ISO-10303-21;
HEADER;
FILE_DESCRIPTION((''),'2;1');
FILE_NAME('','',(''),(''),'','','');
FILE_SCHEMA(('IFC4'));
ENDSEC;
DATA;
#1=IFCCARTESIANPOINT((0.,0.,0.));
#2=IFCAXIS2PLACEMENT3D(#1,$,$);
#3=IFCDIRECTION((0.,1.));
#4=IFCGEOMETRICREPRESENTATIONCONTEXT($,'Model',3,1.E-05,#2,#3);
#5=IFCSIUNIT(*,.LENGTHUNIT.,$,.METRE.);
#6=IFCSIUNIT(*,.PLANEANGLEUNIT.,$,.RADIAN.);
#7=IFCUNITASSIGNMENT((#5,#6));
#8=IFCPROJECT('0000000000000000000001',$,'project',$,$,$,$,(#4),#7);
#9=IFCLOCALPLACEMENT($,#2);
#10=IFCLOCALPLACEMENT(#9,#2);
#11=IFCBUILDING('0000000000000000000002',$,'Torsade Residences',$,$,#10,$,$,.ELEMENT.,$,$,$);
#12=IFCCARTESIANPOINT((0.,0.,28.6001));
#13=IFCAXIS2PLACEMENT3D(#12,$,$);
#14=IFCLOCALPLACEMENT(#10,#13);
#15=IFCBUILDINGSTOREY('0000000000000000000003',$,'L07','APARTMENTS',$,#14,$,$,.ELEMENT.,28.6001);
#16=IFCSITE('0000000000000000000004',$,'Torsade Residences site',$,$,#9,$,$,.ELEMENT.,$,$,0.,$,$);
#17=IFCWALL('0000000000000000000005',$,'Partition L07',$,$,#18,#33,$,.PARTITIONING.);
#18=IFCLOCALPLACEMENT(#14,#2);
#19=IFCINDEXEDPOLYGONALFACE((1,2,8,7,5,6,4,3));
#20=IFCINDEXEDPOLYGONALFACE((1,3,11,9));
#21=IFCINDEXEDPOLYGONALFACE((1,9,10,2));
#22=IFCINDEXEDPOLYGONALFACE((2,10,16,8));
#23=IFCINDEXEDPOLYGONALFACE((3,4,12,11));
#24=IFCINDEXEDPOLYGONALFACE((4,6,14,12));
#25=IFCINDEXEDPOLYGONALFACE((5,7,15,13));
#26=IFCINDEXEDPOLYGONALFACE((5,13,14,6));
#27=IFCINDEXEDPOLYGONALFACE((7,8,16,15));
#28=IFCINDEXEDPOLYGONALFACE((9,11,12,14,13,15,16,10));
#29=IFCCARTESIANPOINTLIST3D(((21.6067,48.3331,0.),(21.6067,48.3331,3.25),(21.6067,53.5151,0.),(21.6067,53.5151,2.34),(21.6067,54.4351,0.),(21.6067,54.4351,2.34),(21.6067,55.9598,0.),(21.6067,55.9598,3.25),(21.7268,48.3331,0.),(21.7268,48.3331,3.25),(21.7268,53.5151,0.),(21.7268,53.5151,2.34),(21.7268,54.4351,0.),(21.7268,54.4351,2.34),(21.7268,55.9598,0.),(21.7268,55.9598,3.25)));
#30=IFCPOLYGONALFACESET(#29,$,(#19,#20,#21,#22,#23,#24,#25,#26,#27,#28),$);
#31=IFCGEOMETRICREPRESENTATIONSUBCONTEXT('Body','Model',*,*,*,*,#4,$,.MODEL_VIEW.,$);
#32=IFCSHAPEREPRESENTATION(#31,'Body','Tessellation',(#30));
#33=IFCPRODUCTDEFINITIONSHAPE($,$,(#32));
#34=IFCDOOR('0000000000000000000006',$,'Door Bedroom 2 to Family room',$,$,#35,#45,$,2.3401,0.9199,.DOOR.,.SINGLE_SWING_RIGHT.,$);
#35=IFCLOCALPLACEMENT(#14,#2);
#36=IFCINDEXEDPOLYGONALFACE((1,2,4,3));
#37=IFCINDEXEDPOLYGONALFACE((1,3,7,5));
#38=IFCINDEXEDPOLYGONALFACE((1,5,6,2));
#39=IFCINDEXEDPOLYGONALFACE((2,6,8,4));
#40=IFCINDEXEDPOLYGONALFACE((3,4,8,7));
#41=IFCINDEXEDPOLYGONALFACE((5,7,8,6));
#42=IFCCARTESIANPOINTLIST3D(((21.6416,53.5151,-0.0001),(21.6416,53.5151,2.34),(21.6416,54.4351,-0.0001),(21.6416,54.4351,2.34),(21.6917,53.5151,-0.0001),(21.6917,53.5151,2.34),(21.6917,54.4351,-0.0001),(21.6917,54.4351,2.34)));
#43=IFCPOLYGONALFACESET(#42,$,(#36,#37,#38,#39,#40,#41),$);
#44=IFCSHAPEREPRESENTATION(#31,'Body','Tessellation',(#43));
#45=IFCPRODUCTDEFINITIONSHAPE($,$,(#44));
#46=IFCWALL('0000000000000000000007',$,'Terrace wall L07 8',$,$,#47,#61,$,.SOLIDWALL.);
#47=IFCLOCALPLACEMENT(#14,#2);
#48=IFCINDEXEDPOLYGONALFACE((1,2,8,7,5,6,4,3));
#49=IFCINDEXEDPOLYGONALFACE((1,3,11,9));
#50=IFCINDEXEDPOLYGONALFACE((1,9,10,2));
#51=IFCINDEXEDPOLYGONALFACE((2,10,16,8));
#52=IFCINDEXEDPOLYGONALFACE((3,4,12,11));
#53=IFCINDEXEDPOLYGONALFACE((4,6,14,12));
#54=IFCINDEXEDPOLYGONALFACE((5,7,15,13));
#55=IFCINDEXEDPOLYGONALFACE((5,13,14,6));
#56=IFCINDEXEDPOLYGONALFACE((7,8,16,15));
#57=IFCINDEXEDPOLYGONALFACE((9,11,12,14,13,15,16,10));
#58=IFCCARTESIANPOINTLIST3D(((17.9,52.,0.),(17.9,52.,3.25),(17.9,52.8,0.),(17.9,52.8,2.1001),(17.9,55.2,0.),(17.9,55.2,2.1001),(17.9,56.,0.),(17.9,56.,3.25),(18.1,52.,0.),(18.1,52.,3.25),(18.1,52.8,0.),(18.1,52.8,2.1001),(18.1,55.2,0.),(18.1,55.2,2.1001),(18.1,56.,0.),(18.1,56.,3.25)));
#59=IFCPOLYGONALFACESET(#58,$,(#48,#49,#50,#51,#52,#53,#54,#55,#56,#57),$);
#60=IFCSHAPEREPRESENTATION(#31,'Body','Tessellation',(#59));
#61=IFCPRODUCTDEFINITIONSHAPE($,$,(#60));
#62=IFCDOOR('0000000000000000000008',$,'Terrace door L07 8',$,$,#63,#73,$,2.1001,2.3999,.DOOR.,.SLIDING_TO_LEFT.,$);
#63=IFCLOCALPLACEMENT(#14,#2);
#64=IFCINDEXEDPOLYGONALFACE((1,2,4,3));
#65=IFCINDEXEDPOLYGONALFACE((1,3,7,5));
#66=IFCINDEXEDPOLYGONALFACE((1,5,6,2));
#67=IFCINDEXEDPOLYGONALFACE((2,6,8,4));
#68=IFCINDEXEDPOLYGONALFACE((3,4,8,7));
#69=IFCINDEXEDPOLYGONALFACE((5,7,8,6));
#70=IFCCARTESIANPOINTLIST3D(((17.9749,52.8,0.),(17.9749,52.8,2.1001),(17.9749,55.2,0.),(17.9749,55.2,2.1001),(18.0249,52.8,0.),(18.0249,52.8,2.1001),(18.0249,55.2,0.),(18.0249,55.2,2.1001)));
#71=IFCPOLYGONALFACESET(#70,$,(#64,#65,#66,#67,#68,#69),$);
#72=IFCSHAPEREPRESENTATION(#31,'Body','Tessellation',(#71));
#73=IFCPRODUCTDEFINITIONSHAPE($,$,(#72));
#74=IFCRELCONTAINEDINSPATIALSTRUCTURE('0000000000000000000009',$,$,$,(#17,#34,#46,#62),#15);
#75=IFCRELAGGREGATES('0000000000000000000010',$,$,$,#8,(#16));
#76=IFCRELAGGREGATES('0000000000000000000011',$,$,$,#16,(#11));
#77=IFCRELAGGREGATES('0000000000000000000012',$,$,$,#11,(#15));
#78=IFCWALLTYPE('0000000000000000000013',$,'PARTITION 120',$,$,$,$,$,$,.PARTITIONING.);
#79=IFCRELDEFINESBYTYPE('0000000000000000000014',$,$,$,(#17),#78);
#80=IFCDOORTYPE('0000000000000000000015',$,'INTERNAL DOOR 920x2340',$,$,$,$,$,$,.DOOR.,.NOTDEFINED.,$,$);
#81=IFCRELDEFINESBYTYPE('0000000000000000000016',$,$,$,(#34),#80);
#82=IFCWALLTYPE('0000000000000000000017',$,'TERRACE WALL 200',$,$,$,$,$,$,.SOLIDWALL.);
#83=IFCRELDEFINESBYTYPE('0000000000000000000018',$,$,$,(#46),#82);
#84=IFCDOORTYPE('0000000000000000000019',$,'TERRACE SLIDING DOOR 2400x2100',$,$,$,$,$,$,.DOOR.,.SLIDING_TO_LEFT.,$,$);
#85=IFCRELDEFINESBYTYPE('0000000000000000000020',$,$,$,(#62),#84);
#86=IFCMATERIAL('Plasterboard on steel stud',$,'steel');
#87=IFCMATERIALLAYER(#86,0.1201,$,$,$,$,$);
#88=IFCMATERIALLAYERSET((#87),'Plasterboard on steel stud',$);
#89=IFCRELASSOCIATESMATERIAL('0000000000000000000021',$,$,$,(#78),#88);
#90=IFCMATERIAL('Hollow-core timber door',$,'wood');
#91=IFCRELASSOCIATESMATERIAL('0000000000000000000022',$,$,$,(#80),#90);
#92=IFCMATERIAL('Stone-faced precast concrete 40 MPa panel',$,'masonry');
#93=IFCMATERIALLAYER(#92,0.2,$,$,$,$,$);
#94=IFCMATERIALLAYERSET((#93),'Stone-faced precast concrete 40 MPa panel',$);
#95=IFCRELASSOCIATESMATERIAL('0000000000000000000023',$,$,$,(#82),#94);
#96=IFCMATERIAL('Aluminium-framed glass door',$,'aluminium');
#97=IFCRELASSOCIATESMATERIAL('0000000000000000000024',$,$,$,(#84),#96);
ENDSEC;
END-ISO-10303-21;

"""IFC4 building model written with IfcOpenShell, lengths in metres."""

from ifc_helpers import new_model, si_unit, direction, frame, frame_2d, origin, place, context, subcontext, project, spatial, rectangle, extrude, material, layer, layer_set, type_object, element, fill, save


model = new_model("IFC4")

# Units and contexts
model_context = context("Model", 3, precision=1e-05, world=origin(), true_north=direction((0.0, 1.0)))
body_context = subcontext(model_context, "Body", "Model", "MODEL_VIEW")
ifc_project = project(units=[si_unit("LENGTHUNIT", "METRE"), si_unit("PLANEANGLEUNIT", "RADIAN")], contexts=[model_context])

# Site, building, storey
site_placement = place(None, origin())
site = spatial("IfcSite", under=ifc_project, at=site_placement, Name="Torsade Residences site", CompositionType="ELEMENT", RefElevation=0.0)
building_placement = place(site_placement, origin())
building = spatial("IfcBuilding", under=site, at=building_placement, Name="Torsade Residences", CompositionType="ELEMENT")
storey_placement = place(building_placement, frame((0.0, 0.0, 28.6001)))
storey = spatial("IfcBuildingStorey", under=building, at=storey_placement, Name="L07", Description="APARTMENTS", CompositionType="ELEMENT", Elevation=28.6001)

# Walls, openings, doors
ifc_material_1 = material(Name="Plasterboard on steel stud", Category="steel")
ifc_layer_1 = layer(ifc_material_1, 0.1201)
ifc_layer_set_1 = layer_set([ifc_layer_1], Name="Plasterboard on steel stud")
wall_type_1 = type_object("IfcWallType", Name="PARTITION 120", PredefinedType="PARTITIONING", material=ifc_layer_set_1)
wall_1_placement = place(storey_placement, frame((21.6667, 55.96, 0.0), z_axis=(0.0, 0.0, 1.0), x_axis=(0.0, -1.0, 0.0)))
wall_1 = element("IfcWall", 1, at=wall_1_placement, inside=storey, type_object=wall_type_1, Name="Partition L07", PredefinedType="PARTITIONING", context=body_context, shape_type="SweptSolid", body=[
    extrude(rectangle(XDim=7.6267, YDim=0.1201, at=frame_2d((3.8135, 0.0))), origin(), (0.0, 0.0, 1.0), 3.25),
])
opening_1_placement = place(wall_1_placement, frame((1.5249, 0.0, 0.0)))
opening_1 = element("IfcOpeningElement", 2, at=opening_1_placement, cuts=wall_1, PredefinedType="OPENING", context=body_context, shape_type="SweptSolid", body=[
    extrude(rectangle(XDim=0.9199, YDim=2.3401, at=frame_2d((0.46, 1.1699))), frame((0.0, 0.0701, 0.0), z_axis=(0.0, -1.0, 0.0), x_axis=(1.0, 0.0, 0.0)), (0.0, 0.0, 1.0), 0.1401),
])
ifc_material_2 = material(Name="Hollow-core timber door", Category="wood")
door_type_1 = type_object("IfcDoorType", Name="INTERNAL DOOR 920x2340", OperationType="NOTDEFINED", PredefinedType="DOOR", material=ifc_material_2)
door_1_placement = place(opening_1_placement, origin())
door_1 = element("IfcDoor", 3, at=door_1_placement, inside=storey, type_object=door_type_1, Name="Door Bedroom 2 to Family room", OperationType="SINGLE_SWING_RIGHT", OverallHeight=2.3401, OverallWidth=0.9199, PredefinedType="DOOR", context=body_context, shape_type="SweptSolid", body=[
    extrude(rectangle(XDim=0.9199, YDim=2.3401, at=frame_2d((0.46, 1.1699))), frame((0.0, 0.0249, 0.0), z_axis=(0.0, -1.0, 0.0), x_axis=(1.0, 0.0, 0.0)), (0.0, 0.0, 1.0), 0.05),
])
fill(opening_1, door_1)
ifc_material_3 = material(Name="Stone-faced precast concrete 40 MPa panel", Category="masonry")
ifc_layer_2 = layer(ifc_material_3, 0.2)
ifc_layer_set_2 = layer_set([ifc_layer_2], Name="Stone-faced precast concrete 40 MPa panel")
wall_type_2 = type_object("IfcWallType", Name="TERRACE WALL 200", PredefinedType="SOLIDWALL", material=ifc_layer_set_2)
wall_2_placement = place(storey_placement, frame((18.0, 56.0, 0.0), z_axis=(0.0, 0.0, 1.0), x_axis=(0.0, -1.0, 0.0)))
wall_2 = element("IfcWall", 4, at=wall_2_placement, inside=storey, type_object=wall_type_2, Name="Terrace wall L07 8", PredefinedType="SOLIDWALL", context=body_context, shape_type="SweptSolid", body=[
    extrude(rectangle(XDim=4.0, YDim=0.2, at=frame_2d((2.0, 0.0))), origin(), (0.0, 0.0, 1.0), 3.25),
])
opening_2_placement = place(wall_2_placement, frame((0.8, 0.0, 0.0)))
opening_2 = element("IfcOpeningElement", 5, at=opening_2_placement, cuts=wall_2, PredefinedType="OPENING", context=body_context, shape_type="SweptSolid", body=[
    extrude(rectangle(XDim=2.3999, YDim=2.1001, at=frame_2d((1.2, 1.05))), frame((0.0, 0.1099, 0.0), z_axis=(0.0, -1.0, 0.0), x_axis=(1.0, 0.0, 0.0)), (0.0, 0.0, 1.0), 0.22),
])
ifc_material_4 = material(Name="Aluminium-framed glass door", Category="aluminium")
door_type_2 = type_object("IfcDoorType", Name="TERRACE SLIDING DOOR 2400x2100", OperationType="SLIDING_TO_LEFT", PredefinedType="DOOR", material=ifc_material_4)
door_2_placement = place(opening_2_placement, origin())
door_2 = element("IfcDoor", 6, at=door_2_placement, inside=storey, type_object=door_type_2, Name="Terrace door L07 8", OperationType="SLIDING_TO_LEFT", OverallHeight=2.1001, OverallWidth=2.3999, PredefinedType="DOOR", context=body_context, shape_type="SweptSolid", body=[
    extrude(rectangle(XDim=2.3999, YDim=2.1001, at=frame_2d((1.2, 1.05))), frame((0.0, 0.0249, 0.0), z_axis=(0.0, -1.0, 0.0), x_axis=(1.0, 0.0, 0.0)), (0.0, 0.0, 1.0), 0.05),
])
fill(opening_2, door_2)

save(model, "model.ifc")
